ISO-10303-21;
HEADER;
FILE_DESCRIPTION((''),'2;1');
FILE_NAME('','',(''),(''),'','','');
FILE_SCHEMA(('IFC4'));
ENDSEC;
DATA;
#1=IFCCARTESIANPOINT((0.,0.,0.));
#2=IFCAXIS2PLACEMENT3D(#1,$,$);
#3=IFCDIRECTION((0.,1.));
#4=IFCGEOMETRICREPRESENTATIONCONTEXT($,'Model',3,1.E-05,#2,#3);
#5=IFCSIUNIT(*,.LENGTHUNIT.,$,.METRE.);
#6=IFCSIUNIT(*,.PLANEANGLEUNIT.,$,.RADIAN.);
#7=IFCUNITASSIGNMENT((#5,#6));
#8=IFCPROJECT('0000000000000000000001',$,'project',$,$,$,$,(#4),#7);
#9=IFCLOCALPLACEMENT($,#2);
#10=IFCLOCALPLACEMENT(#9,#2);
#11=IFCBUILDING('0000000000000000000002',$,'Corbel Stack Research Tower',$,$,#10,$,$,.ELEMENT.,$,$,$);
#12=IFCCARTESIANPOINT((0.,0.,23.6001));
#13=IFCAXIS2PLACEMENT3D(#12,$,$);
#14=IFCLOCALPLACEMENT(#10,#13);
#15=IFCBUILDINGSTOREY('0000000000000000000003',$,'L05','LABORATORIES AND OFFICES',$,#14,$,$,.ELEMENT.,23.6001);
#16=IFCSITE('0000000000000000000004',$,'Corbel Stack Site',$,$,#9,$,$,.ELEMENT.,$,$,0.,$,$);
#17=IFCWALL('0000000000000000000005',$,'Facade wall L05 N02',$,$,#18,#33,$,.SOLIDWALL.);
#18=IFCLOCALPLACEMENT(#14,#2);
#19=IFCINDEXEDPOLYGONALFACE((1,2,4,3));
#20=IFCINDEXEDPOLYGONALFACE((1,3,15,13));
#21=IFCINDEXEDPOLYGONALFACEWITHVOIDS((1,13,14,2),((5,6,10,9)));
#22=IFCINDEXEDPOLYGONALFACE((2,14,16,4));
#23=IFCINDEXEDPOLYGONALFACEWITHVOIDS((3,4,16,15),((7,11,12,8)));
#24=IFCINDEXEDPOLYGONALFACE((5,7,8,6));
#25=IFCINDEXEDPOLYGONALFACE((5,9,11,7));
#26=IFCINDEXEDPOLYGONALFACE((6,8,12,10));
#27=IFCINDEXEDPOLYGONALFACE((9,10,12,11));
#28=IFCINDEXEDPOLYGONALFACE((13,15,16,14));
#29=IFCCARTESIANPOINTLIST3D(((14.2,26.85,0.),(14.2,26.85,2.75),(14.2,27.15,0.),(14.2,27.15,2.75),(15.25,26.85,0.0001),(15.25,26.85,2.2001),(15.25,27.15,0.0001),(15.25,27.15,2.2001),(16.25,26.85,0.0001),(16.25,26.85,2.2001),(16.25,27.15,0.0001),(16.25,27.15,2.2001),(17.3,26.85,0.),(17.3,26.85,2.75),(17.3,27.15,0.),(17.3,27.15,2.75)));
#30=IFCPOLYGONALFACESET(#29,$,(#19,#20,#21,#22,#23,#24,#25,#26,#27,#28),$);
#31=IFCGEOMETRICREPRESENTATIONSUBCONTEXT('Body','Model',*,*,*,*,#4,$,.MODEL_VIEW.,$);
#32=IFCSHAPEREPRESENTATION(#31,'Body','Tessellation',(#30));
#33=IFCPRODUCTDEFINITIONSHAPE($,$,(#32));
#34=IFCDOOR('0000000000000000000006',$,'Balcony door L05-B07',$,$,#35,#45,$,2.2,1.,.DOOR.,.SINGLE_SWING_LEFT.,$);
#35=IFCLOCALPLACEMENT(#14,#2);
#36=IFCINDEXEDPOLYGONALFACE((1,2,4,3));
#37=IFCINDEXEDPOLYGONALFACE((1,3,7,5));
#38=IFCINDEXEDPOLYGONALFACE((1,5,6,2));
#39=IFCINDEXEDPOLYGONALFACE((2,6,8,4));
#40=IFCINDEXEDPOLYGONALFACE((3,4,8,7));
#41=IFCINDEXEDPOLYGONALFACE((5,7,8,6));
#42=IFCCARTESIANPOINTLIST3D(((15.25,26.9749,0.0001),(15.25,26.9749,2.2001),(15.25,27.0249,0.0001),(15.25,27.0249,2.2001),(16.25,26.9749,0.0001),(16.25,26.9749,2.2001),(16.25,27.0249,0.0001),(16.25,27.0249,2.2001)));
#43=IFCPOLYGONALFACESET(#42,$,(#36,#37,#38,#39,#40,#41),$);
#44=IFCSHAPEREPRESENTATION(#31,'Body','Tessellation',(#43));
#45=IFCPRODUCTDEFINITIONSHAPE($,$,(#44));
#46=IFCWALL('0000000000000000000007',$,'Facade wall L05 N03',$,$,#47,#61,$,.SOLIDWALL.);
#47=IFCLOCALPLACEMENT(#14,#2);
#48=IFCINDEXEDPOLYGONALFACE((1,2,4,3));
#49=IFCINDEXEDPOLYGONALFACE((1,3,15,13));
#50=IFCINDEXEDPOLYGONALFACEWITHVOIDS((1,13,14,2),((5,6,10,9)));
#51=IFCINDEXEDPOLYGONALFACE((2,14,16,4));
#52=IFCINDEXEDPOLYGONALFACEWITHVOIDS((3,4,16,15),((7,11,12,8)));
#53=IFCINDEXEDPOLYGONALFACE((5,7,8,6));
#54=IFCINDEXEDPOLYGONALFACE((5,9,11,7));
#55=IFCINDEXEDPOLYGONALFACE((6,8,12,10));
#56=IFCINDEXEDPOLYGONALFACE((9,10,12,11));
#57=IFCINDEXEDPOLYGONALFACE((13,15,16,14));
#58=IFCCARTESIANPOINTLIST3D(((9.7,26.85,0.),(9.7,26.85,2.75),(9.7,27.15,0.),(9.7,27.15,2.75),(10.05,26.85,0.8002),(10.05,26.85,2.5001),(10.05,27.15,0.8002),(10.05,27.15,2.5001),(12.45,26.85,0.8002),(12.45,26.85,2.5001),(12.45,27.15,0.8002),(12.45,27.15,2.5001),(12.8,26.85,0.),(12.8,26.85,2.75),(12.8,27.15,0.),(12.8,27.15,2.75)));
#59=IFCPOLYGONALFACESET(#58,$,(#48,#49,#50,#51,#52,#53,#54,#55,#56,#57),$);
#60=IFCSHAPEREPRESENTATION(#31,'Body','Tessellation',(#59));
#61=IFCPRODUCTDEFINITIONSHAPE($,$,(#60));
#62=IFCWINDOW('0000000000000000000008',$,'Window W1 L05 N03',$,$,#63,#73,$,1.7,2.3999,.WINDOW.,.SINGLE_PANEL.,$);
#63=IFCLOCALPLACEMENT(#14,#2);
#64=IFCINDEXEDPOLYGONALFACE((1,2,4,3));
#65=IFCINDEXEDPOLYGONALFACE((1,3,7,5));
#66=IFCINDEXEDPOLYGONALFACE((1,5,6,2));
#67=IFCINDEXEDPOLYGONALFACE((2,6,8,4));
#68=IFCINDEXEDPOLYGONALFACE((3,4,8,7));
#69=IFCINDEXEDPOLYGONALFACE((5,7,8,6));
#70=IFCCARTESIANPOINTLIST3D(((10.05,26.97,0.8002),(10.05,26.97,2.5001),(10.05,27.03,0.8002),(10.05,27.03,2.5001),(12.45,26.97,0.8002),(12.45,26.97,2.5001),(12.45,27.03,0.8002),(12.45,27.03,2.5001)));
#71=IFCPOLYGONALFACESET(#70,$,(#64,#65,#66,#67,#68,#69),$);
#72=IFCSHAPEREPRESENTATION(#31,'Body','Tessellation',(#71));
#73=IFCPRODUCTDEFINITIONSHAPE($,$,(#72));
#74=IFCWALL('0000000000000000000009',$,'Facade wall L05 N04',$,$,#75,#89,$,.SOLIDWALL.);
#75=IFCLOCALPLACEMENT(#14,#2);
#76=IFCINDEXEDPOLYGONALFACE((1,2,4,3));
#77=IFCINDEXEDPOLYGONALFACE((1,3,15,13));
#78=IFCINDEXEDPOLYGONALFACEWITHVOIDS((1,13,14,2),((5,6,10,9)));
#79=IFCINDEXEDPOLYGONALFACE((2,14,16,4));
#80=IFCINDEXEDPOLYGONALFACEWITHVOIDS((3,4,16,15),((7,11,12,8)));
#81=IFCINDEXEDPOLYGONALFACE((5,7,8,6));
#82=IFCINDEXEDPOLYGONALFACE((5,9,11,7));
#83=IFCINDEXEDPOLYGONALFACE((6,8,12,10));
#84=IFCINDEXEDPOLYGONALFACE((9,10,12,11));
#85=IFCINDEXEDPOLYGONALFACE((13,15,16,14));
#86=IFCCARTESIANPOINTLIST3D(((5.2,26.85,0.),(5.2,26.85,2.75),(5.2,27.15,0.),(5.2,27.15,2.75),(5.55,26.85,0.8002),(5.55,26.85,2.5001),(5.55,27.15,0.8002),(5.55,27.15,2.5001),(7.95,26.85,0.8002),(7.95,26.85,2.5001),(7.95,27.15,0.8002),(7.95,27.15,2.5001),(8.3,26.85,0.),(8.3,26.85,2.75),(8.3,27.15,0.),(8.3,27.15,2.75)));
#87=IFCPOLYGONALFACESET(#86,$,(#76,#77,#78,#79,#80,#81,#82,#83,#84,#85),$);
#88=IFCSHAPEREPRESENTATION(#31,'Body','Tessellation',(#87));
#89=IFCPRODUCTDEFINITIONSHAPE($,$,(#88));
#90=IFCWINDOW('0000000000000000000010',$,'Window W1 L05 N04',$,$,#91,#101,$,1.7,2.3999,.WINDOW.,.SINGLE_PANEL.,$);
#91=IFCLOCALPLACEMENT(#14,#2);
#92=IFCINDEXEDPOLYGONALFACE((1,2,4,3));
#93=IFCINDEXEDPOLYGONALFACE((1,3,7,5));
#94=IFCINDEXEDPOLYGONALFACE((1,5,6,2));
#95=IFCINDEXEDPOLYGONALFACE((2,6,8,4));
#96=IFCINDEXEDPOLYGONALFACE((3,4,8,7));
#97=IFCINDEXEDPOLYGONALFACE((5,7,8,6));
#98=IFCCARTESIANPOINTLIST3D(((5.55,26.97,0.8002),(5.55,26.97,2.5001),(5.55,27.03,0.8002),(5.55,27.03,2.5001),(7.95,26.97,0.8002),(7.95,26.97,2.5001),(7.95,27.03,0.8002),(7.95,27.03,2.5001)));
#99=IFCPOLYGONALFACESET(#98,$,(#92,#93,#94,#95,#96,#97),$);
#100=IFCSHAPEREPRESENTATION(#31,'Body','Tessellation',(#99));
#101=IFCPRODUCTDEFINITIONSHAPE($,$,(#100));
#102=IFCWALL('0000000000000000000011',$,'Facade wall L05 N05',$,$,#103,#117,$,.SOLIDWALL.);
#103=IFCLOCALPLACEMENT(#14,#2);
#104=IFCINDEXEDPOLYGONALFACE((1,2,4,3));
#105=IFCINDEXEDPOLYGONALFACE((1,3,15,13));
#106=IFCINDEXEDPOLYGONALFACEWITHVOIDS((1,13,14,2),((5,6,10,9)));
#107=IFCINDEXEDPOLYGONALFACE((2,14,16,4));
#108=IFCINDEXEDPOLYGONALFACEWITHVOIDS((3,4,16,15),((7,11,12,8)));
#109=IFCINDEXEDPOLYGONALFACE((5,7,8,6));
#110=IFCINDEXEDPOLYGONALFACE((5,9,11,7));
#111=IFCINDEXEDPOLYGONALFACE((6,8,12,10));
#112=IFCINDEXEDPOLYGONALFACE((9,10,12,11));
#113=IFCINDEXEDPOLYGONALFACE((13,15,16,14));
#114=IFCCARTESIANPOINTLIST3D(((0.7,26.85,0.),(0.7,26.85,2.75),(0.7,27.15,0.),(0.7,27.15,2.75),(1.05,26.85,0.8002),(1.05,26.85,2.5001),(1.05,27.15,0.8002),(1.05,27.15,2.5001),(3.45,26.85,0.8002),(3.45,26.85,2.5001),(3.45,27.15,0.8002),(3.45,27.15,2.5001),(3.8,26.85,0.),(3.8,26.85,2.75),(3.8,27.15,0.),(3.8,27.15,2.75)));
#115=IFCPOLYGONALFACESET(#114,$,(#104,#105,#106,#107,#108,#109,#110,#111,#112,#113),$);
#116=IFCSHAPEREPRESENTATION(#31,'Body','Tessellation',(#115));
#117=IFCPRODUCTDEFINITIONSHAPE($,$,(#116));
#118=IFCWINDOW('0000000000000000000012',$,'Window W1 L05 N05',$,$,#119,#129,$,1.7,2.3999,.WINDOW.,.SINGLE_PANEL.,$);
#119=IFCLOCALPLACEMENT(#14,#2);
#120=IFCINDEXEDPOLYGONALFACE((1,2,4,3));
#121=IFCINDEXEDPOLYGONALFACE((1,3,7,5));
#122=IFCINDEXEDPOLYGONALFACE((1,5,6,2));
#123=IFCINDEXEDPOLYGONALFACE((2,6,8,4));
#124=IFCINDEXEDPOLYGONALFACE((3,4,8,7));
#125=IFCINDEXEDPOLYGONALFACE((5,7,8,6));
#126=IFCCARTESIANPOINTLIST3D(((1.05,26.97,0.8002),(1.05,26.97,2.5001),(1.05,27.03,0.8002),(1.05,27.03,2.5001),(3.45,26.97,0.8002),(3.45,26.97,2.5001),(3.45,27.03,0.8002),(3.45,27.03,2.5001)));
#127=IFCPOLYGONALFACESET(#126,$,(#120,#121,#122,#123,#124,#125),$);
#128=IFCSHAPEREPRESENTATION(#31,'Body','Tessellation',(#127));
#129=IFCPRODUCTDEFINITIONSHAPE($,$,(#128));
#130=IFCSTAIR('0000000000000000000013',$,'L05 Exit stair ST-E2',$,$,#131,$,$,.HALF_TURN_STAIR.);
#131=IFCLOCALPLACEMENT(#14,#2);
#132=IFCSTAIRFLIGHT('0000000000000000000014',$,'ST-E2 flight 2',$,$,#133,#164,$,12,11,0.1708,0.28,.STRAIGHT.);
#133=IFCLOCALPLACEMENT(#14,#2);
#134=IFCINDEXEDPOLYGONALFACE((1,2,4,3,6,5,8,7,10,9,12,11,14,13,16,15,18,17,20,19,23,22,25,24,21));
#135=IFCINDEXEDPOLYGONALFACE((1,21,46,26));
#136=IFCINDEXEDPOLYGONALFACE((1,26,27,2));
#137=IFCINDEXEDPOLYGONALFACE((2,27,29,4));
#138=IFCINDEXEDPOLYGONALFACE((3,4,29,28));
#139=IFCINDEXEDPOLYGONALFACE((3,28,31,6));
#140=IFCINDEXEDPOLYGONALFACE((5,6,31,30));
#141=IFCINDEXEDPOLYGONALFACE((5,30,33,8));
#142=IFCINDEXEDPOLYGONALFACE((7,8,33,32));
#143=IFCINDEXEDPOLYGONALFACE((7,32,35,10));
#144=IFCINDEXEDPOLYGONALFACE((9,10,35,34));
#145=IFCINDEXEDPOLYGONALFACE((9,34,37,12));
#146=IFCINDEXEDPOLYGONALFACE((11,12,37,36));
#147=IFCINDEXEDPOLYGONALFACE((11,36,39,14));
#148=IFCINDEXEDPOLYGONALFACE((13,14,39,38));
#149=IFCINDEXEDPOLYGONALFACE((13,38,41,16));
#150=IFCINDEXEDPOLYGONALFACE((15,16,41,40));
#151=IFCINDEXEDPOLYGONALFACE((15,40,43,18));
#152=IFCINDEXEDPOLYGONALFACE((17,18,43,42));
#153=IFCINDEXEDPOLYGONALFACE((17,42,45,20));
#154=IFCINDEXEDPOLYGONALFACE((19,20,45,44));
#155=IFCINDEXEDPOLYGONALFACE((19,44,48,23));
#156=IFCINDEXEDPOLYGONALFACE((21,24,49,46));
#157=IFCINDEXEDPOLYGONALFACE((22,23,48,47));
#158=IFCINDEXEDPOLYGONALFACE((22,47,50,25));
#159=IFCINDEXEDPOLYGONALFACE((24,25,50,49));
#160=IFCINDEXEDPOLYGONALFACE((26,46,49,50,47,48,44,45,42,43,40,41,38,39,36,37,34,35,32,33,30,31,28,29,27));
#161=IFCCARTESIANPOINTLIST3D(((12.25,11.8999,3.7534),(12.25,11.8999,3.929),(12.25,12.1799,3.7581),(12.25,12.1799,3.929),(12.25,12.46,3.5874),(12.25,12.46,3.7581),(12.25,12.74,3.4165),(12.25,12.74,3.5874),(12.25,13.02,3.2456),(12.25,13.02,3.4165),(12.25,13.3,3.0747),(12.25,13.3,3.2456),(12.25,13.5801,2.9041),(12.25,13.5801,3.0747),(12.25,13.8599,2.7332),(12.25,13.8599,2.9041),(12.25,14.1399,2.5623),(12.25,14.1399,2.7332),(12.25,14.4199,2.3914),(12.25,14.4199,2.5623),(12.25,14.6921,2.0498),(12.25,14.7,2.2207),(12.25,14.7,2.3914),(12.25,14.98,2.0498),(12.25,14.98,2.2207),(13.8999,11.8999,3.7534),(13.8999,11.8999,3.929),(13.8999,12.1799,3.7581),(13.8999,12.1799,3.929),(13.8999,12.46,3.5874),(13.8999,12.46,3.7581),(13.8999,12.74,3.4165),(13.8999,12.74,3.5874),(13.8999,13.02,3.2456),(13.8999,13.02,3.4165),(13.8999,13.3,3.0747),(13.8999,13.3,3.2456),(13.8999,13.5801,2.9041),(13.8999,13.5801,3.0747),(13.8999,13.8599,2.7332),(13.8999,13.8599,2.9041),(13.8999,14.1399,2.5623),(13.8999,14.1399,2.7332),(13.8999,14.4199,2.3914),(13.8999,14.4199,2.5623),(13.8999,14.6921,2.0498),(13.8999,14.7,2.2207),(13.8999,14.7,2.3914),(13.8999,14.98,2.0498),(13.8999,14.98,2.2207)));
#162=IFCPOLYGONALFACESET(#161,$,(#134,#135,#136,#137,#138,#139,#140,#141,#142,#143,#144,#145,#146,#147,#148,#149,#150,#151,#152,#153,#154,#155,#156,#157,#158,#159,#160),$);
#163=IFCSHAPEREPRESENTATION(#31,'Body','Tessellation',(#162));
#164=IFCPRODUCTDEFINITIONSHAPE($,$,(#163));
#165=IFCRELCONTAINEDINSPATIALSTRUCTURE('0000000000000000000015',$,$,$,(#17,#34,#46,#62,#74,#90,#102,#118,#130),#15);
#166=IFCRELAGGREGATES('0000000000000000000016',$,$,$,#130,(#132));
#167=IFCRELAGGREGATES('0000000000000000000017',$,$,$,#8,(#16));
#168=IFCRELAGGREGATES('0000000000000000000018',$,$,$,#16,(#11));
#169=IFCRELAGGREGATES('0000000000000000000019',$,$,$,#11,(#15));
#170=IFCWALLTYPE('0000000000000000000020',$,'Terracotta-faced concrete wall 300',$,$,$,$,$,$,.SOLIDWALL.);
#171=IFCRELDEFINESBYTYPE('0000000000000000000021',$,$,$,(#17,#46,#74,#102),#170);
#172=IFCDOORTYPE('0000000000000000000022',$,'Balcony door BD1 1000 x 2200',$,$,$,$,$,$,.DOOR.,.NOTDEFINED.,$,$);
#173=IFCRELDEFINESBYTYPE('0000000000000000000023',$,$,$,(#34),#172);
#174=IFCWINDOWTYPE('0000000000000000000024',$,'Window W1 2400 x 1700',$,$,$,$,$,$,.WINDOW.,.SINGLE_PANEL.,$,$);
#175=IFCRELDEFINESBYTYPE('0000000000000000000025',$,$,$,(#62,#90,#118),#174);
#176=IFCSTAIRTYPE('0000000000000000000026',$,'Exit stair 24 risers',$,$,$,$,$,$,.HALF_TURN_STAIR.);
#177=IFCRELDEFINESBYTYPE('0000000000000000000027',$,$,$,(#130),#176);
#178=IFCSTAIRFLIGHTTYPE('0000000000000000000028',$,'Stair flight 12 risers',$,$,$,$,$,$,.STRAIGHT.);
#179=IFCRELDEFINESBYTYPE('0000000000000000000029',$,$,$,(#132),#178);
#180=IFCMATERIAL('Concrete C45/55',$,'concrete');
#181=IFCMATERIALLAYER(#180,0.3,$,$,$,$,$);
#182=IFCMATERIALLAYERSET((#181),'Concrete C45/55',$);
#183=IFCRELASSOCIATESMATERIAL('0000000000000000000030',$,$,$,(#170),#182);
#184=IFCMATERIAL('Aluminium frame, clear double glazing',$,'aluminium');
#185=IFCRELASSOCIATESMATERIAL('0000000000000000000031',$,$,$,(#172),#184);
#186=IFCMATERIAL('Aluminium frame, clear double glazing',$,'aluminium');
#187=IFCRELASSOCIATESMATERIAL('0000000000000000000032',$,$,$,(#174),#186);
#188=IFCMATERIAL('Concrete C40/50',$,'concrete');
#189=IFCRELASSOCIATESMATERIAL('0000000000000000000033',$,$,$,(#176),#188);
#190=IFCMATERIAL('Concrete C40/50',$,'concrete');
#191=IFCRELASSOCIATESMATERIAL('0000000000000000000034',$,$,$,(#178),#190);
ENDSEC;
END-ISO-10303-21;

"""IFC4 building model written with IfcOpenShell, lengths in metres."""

from ifc_helpers import new_model, si_unit, direction, frame, frame_2d, origin, place, context, subcontext, project, spatial, polyline, rectangle, outline, extrude, material, layer, layer_set, type_object, element, fill, aggregate, save


model = new_model("IFC4")

# Units and contexts
model_context = context("Model", 3, precision=1e-05, world=origin(), true_north=direction((0.0, 1.0)))
body_context = subcontext(model_context, "Body", "Model", "MODEL_VIEW")
ifc_project = project(units=[si_unit("LENGTHUNIT", "METRE"), si_unit("PLANEANGLEUNIT", "RADIAN")], contexts=[model_context])

# Site, building, storey
site_placement = place(None, origin())
site = spatial("IfcSite", under=ifc_project, at=site_placement, Name="Corbel Stack Site", CompositionType="ELEMENT", RefElevation=0.0)
building_placement = place(site_placement, origin())
building = spatial("IfcBuilding", under=site, at=building_placement, Name="Corbel Stack Research Tower", CompositionType="ELEMENT")
storey_placement = place(building_placement, frame((0.0, 0.0, 23.6001)))
storey = spatial("IfcBuildingStorey", under=building, at=storey_placement, Name="L05", Description="LABORATORIES AND OFFICES", CompositionType="ELEMENT", Elevation=23.6001)

# Wall, opening, door
ifc_material_1 = material(Name="Concrete C45/55", Category="concrete")
ifc_layer_1 = layer(ifc_material_1, 0.3)
ifc_layer_set_1 = layer_set([ifc_layer_1], Name="Concrete C45/55")
wall_type_1 = type_object("IfcWallType", Name="Terracotta-faced concrete wall 300", PredefinedType="SOLIDWALL", material=ifc_layer_set_1)
wall_1_placement = place(storey_placement, frame((14.2, 27.0, 0.0), z_axis=(0.0, 0.0, 1.0), x_axis=(1.0, 0.0, 0.0)))
wall_1 = element("IfcWall", 1, at=wall_1_placement, inside=storey, type_object=wall_type_1, Name="Facade wall L05 N02", PredefinedType="SOLIDWALL", context=body_context, shape_type="SweptSolid", body=[
    extrude(rectangle(XDim=3.1001, YDim=0.3, at=frame_2d((1.55, 0.0))), origin(), (0.0, 0.0, 1.0), 2.75),
])
opening_1_placement = place(wall_1_placement, frame((1.05, 0.0, 0.0)))
opening_1 = element("IfcOpeningElement", 2, at=opening_1_placement, cuts=wall_1, PredefinedType="OPENING", context=body_context, shape_type="SweptSolid", body=[
    extrude(rectangle(XDim=1.0, YDim=2.2, at=frame_2d((0.5, 1.1001))), frame((0.0, 0.1599, 0.0), z_axis=(0.0, -1.0, 0.0), x_axis=(1.0, 0.0, 0.0)), (0.0, 0.0, 1.0), 0.3201),
])
ifc_material_2 = material(Name="Aluminium frame, clear double glazing", Category="aluminium")
door_type = type_object("IfcDoorType", Name="Balcony door BD1 1000 x 2200", OperationType="NOTDEFINED", PredefinedType="DOOR", material=ifc_material_2)
door_placement = place(opening_1_placement, origin())
door = element("IfcDoor", 3, at=door_placement, inside=storey, type_object=door_type, Name="Balcony door L05-B07", OperationType="SINGLE_SWING_LEFT", OverallHeight=2.2, OverallWidth=1.0, PredefinedType="DOOR", context=body_context, shape_type="SweptSolid", body=[
    extrude(rectangle(XDim=1.0, YDim=2.2, at=frame_2d((0.5, 1.1001))), frame((0.0, 0.0249, 0.0), z_axis=(0.0, -1.0, 0.0), x_axis=(1.0, 0.0, 0.0)), (0.0, 0.0, 1.0), 0.05),
])
fill(opening_1, door)

# Walls, openings, windows
wall_2_placement = place(storey_placement, frame((9.7, 27.0, 0.0), z_axis=(0.0, 0.0, 1.0), x_axis=(1.0, 0.0, 0.0)))
wall_2 = element("IfcWall", 4, at=wall_2_placement, inside=storey, type_object=wall_type_1, Name="Facade wall L05 N03", PredefinedType="SOLIDWALL", context=body_context, shape_type="SweptSolid", body=[
    extrude(rectangle(XDim=3.1001, YDim=0.3, at=frame_2d((1.55, 0.0))), origin(), (0.0, 0.0, 1.0), 2.75),
])
opening_2_placement = place(wall_2_placement, frame((0.3501, 0.0, 0.8)))
opening_2 = element("IfcOpeningElement", 5, at=opening_2_placement, cuts=wall_2, PredefinedType="OPENING", context=body_context, shape_type="SweptSolid", body=[
    extrude(rectangle(XDim=2.3999, YDim=1.7, at=frame_2d((1.2, 0.8501))), frame((0.0, 0.1599, 0.0), z_axis=(0.0, -1.0, 0.0), x_axis=(1.0, 0.0, 0.0)), (0.0, 0.0, 1.0), 0.3201),
])
ifc_material_3 = material(Name="Aluminium frame, clear double glazing", Category="aluminium")
window_type = type_object("IfcWindowType", Name="Window W1 2400 x 1700", PartitioningType="SINGLE_PANEL", PredefinedType="WINDOW", material=ifc_material_3)
window_1_placement = place(opening_2_placement, origin())
window_1 = element("IfcWindow", 6, at=window_1_placement, inside=storey, type_object=window_type, Name="Window W1 L05 N03", OverallHeight=1.7, OverallWidth=2.3999, PartitioningType="SINGLE_PANEL", PredefinedType="WINDOW", context=body_context, shape_type="SweptSolid", body=[
    extrude(rectangle(XDim=2.3999, YDim=1.7, at=frame_2d((1.2, 0.8501))), frame((0.0, 0.03, 0.0), z_axis=(0.0, -1.0, 0.0), x_axis=(1.0, 0.0, 0.0)), (0.0, 0.0, 1.0), 0.0601),
])
fill(opening_2, window_1)
wall_3_placement = place(storey_placement, frame((5.2, 27.0, 0.0), z_axis=(0.0, 0.0, 1.0), x_axis=(1.0, 0.0, 0.0)))
wall_3 = element("IfcWall", 7, at=wall_3_placement, inside=storey, type_object=wall_type_1, Name="Facade wall L05 N04", PredefinedType="SOLIDWALL", context=body_context, shape_type="SweptSolid", body=[
    extrude(rectangle(XDim=3.1001, YDim=0.3, at=frame_2d((1.55, 0.0))), origin(), (0.0, 0.0, 1.0), 2.75),
])
opening_3_placement = place(wall_3_placement, frame((0.3501, 0.0, 0.8)))
opening_3 = element("IfcOpeningElement", 8, at=opening_3_placement, cuts=wall_3, PredefinedType="OPENING", context=body_context, shape_type="SweptSolid", body=[
    extrude(rectangle(XDim=2.3999, YDim=1.7, at=frame_2d((1.2, 0.8501))), frame((0.0, 0.1599, 0.0), z_axis=(0.0, -1.0, 0.0), x_axis=(1.0, 0.0, 0.0)), (0.0, 0.0, 1.0), 0.3201),
])
window_2_placement = place(opening_3_placement, origin())
window_2 = element("IfcWindow", 9, at=window_2_placement, inside=storey, type_object=window_type, Name="Window W1 L05 N04", OverallHeight=1.7, OverallWidth=2.3999, PartitioningType="SINGLE_PANEL", PredefinedType="WINDOW", context=body_context, shape_type="SweptSolid", body=[
    extrude(rectangle(XDim=2.3999, YDim=1.7, at=frame_2d((1.2, 0.8501))), frame((0.0, 0.03, 0.0), z_axis=(0.0, -1.0, 0.0), x_axis=(1.0, 0.0, 0.0)), (0.0, 0.0, 1.0), 0.0601),
])
fill(opening_3, window_2)
wall_4_placement = place(storey_placement, frame((0.7, 27.0, 0.0), z_axis=(0.0, 0.0, 1.0), x_axis=(1.0, 0.0, 0.0)))
wall_4 = element("IfcWall", 10, at=wall_4_placement, inside=storey, type_object=wall_type_1, Name="Facade wall L05 N05", PredefinedType="SOLIDWALL", context=body_context, shape_type="SweptSolid", body=[
    extrude(rectangle(XDim=3.1001, YDim=0.3, at=frame_2d((1.55, 0.0))), origin(), (0.0, 0.0, 1.0), 2.75),
])
opening_4_placement = place(wall_4_placement, frame((0.3501, 0.0, 0.8)))
opening_4 = element("IfcOpeningElement", 11, at=opening_4_placement, cuts=wall_4, PredefinedType="OPENING", context=body_context, shape_type="SweptSolid", body=[
    extrude(rectangle(XDim=2.3999, YDim=1.7, at=frame_2d((1.2, 0.8501))), frame((0.0, 0.1599, 0.0), z_axis=(0.0, -1.0, 0.0), x_axis=(1.0, 0.0, 0.0)), (0.0, 0.0, 1.0), 0.3201),
])
window_3_placement = place(opening_4_placement, origin())
window_3 = element("IfcWindow", 12, at=window_3_placement, inside=storey, type_object=window_type, Name="Window W1 L05 N05", OverallHeight=1.7, OverallWidth=2.3999, PartitioningType="SINGLE_PANEL", PredefinedType="WINDOW", context=body_context, shape_type="SweptSolid", body=[
    extrude(rectangle(XDim=2.3999, YDim=1.7, at=frame_2d((1.2, 0.8501))), frame((0.0, 0.03, 0.0), z_axis=(0.0, -1.0, 0.0), x_axis=(1.0, 0.0, 0.0)), (0.0, 0.0, 1.0), 0.0601),
])
fill(opening_4, window_3)

# Stair, stair flight
ifc_material_4 = material(Name="Concrete C40/50", Category="concrete")
stair_type = type_object("IfcStairType", Name="Exit stair 24 risers", PredefinedType="HALF_TURN_STAIR", material=ifc_material_4)
stair_placement = place(storey_placement, origin())
stair = element("IfcStair", 13, at=stair_placement, inside=storey, type_object=stair_type, Name="L05 Exit stair ST-E2", PredefinedType="HALF_TURN_STAIR")
ifc_material_5 = material(Name="Concrete C40/50", Category="concrete")
stair_flight_type = type_object("IfcStairFlightType", Name="Stair flight 12 risers", PredefinedType="STRAIGHT", material=ifc_material_5)
stair_flight_placement = place(storey_placement, frame((13.075, 14.98, 2.0498), z_axis=(0.0, 0.0, 1.0), x_axis=(0.0, -1.0, 0.0)))
stair_flight = element("IfcStairFlight", 14, at=stair_flight_placement, type_object=stair_flight_type, Name="ST-E2 flight 2", NumberOfRisers=12, NumberOfTreads=11, PredefinedType="STRAIGHT", RiserHeight=0.1708, TreadLength=0.28, context=body_context, shape_type="SweptSolid", body=[
    extrude(outline(polyline([(0.0, 0.0), (0.0, 0.1709), (0.28, 0.1709), (0.28, 0.3416), (0.5601, 0.3416), (0.5601, 0.5125), (0.8401, 0.5125), (0.8401, 0.6833), (1.1201, 0.6833), (1.1201, 0.8542), (1.3999, 0.8542), (1.3999, 1.0249), (1.6799, 1.0249), (1.6799, 1.1958), (1.96, 1.1958), (1.96, 1.3667), (2.24, 1.3667), (2.24, 1.5376), (2.52, 1.5376), (2.52, 1.7083), (2.8, 1.7083), (2.8, 1.8792), (3.0801, 1.8792), (3.0801, 2.05), (3.0801, 1.7036), (0.2878, 0.0), (0.0, 0.0)])), frame((0.0, 0.825, 0.0), z_axis=(0.0, -1.0, 0.0), x_axis=(1.0, 0.0, 0.0)), (0.0, 0.0, 1.0), 1.6499),
])
aggregate(stair, [stair_flight])

save(model, "model.ifc")
